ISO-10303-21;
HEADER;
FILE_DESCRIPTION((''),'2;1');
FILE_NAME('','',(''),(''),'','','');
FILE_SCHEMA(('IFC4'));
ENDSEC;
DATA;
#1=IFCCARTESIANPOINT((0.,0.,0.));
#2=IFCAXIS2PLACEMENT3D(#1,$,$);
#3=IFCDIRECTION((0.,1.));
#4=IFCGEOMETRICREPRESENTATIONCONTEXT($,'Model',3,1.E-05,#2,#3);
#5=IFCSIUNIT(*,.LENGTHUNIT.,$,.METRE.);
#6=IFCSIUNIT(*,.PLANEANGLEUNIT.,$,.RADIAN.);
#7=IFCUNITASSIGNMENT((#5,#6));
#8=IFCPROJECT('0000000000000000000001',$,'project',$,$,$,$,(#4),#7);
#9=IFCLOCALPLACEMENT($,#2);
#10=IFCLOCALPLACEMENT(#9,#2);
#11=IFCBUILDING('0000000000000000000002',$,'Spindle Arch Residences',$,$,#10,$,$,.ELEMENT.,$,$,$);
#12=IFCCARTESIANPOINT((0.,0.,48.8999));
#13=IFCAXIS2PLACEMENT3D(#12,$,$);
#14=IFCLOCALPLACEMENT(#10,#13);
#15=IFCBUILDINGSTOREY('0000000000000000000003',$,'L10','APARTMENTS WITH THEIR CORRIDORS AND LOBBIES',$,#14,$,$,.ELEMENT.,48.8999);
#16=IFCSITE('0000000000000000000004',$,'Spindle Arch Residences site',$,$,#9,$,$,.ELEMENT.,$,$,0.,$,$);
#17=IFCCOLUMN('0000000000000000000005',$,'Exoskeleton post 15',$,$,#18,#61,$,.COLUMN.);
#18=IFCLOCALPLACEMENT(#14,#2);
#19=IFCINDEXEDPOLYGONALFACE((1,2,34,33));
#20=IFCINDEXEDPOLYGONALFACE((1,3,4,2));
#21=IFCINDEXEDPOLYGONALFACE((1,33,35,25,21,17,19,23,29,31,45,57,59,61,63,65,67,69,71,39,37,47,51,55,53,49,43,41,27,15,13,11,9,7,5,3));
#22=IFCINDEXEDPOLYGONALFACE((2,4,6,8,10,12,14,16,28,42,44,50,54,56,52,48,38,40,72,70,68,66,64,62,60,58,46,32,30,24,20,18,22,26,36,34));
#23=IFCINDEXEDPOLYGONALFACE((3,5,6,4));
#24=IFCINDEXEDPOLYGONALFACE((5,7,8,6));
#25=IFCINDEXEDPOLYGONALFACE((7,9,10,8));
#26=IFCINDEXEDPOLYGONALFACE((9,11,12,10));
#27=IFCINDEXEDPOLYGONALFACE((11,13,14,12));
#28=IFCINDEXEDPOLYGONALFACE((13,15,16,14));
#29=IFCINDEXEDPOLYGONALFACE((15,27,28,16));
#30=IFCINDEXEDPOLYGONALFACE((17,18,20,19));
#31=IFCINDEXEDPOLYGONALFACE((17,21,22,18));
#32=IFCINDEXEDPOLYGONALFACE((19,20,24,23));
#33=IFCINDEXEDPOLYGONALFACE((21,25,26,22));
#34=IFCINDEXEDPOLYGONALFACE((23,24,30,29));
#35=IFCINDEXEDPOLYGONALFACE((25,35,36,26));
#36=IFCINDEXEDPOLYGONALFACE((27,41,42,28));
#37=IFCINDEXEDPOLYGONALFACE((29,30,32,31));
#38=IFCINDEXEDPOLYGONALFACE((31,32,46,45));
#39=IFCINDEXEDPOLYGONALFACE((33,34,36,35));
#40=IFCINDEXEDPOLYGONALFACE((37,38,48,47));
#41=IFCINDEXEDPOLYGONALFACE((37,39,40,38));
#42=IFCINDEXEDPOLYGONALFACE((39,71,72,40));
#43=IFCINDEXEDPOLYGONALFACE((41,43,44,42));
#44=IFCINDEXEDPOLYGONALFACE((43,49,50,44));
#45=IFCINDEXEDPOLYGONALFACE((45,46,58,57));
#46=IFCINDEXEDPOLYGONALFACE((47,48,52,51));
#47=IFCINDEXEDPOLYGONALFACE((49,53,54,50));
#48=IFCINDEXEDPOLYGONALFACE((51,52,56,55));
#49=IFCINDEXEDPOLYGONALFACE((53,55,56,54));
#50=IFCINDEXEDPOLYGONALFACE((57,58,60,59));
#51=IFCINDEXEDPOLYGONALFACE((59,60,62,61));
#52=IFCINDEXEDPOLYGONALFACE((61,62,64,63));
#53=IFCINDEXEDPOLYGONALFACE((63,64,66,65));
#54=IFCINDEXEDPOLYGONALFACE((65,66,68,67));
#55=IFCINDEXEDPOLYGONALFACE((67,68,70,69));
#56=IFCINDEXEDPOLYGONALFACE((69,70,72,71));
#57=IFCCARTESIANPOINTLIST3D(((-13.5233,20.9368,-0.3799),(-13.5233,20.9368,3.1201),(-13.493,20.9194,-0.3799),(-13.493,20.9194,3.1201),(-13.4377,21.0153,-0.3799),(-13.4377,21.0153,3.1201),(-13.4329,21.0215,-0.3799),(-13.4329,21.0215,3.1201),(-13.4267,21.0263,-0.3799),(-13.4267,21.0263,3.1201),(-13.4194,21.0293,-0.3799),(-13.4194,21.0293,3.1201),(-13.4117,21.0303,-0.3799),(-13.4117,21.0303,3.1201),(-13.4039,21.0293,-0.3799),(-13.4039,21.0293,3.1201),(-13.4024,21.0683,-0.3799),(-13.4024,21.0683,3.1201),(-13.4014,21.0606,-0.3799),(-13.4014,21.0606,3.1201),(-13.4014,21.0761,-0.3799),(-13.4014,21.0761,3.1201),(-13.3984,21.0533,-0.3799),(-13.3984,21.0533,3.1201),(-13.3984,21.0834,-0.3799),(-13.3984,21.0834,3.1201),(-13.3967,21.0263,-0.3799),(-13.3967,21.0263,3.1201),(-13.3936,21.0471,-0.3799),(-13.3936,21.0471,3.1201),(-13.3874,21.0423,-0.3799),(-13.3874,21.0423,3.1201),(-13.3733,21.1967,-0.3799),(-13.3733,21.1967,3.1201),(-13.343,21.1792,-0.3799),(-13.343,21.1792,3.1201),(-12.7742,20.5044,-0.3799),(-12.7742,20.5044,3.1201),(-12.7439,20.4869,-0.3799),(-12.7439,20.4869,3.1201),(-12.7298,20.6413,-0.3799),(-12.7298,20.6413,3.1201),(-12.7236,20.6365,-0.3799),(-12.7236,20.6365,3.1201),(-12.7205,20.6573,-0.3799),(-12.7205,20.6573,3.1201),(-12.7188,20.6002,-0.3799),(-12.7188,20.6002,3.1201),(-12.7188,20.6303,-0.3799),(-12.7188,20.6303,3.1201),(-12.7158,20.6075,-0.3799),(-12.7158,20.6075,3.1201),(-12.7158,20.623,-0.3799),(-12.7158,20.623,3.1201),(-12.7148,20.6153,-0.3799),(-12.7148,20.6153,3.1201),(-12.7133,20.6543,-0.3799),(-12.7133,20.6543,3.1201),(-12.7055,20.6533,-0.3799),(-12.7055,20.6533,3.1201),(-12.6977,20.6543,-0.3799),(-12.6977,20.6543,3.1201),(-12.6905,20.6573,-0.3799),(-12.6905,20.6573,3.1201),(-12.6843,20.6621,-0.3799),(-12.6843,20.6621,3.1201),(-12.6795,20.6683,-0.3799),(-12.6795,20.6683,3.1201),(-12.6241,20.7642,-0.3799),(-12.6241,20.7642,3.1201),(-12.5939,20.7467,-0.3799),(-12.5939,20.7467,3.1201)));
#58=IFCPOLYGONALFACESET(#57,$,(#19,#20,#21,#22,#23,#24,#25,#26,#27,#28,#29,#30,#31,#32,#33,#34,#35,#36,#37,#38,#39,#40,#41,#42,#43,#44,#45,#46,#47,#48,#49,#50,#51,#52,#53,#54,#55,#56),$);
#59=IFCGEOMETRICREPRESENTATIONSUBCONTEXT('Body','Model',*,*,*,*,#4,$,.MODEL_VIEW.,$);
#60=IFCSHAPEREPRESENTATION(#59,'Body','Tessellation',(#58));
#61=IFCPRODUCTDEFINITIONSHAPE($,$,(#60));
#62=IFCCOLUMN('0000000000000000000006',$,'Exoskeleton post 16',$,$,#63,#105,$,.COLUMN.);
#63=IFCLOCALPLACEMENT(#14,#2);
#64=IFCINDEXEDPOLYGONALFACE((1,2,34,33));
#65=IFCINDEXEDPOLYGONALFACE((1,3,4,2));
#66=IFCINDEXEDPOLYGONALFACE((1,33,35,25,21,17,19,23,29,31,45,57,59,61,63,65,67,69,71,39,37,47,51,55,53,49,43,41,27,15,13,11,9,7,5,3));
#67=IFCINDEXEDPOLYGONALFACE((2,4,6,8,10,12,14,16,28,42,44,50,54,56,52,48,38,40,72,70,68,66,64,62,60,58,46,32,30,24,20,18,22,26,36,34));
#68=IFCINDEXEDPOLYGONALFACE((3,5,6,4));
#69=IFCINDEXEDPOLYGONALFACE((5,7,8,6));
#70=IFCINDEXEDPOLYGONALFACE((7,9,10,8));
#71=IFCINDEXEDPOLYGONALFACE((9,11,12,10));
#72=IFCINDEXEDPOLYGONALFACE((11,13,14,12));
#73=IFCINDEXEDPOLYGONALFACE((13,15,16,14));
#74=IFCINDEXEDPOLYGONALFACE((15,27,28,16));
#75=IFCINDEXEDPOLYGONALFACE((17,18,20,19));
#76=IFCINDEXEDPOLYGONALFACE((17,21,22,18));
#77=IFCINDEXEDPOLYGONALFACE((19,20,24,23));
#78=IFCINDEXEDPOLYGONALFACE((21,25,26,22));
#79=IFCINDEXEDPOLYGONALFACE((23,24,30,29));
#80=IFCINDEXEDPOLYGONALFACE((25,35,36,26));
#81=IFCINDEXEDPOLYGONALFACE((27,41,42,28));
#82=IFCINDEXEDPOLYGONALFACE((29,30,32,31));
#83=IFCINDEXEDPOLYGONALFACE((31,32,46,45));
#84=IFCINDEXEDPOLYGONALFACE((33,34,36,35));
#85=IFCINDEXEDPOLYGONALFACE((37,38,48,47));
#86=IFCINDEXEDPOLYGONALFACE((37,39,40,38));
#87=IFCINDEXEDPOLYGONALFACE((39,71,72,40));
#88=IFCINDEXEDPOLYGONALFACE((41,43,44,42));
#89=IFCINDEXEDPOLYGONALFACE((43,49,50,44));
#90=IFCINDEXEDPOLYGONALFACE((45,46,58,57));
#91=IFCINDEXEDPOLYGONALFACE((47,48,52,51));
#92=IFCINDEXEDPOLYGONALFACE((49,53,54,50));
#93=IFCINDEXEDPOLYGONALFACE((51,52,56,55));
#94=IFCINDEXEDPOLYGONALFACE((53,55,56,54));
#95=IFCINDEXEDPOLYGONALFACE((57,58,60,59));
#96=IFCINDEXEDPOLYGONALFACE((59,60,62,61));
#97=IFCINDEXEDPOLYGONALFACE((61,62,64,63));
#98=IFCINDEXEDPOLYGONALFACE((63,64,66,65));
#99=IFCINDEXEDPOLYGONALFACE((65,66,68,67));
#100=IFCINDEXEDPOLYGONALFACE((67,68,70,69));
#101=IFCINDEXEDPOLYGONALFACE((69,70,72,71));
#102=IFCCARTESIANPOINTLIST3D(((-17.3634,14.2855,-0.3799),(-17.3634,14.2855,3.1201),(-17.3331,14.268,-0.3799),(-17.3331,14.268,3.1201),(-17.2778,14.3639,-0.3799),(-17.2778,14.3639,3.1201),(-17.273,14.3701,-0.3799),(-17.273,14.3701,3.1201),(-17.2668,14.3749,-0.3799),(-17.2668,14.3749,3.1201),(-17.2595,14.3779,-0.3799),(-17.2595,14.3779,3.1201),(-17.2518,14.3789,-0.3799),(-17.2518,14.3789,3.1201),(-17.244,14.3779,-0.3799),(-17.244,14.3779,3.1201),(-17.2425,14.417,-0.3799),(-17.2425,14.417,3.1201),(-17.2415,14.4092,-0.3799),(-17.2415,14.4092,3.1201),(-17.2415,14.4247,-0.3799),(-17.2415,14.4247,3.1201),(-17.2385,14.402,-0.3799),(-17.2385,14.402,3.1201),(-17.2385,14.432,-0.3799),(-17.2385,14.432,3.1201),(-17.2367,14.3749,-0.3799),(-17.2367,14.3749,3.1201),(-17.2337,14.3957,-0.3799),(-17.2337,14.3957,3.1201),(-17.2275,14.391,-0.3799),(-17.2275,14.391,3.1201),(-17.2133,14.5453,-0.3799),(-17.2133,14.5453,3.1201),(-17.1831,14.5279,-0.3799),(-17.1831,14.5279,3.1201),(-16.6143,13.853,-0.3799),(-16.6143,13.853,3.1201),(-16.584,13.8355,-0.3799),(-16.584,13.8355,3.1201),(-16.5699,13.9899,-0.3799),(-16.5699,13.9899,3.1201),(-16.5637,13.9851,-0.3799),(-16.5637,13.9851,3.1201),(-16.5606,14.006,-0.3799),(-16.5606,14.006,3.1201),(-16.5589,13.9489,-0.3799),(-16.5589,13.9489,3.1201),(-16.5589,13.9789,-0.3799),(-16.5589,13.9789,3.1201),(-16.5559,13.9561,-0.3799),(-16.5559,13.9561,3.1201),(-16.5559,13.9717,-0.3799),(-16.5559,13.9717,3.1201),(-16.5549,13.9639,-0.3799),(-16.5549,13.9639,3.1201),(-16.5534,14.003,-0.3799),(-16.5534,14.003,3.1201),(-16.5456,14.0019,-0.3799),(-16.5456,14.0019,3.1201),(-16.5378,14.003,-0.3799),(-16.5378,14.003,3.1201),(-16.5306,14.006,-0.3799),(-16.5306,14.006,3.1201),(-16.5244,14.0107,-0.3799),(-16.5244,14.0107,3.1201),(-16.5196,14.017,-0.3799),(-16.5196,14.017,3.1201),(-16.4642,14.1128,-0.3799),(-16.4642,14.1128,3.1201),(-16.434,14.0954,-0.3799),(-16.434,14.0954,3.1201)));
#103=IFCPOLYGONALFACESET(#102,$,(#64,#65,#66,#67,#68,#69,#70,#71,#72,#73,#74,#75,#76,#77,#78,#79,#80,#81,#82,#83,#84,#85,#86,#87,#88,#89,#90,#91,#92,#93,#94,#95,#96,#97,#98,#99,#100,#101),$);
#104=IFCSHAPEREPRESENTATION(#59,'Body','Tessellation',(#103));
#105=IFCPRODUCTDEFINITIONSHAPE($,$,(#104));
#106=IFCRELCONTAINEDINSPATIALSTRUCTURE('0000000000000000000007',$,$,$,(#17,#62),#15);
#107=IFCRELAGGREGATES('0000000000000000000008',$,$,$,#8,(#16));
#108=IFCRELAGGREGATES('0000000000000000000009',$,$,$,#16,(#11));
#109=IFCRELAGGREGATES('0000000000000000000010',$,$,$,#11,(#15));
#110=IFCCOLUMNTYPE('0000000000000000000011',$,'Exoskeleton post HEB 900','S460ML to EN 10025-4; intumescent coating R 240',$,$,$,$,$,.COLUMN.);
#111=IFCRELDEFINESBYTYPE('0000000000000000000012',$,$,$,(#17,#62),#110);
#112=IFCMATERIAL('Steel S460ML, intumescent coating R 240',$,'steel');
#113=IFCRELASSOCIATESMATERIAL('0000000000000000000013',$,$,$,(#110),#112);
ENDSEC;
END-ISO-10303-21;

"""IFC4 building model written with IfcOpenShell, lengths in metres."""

from ifc_helpers import new_model, si_unit, direction, frame, origin, origin_2d, place, context, subcontext, project, spatial, i_section, extrude, material, material_profile, profile_set, type_object, element, save


model = new_model("IFC4")

# Units and contexts
model_context = context("Model", 3, precision=1e-05, world=origin(), true_north=direction((0.0, 1.0)))
body_context = subcontext(model_context, "Body", "Model", "MODEL_VIEW")
ifc_project = project(units=[si_unit("LENGTHUNIT", "METRE"), si_unit("PLANEANGLEUNIT", "RADIAN")], contexts=[model_context])

# Site, building, storey
site_placement = place(None, origin())
site = spatial("IfcSite", under=ifc_project, at=site_placement, Name="Spindle Arch Residences site", CompositionType="ELEMENT", RefElevation=0.0)
building_placement = place(site_placement, origin())
building = spatial("IfcBuilding", under=site, at=building_placement, Name="Spindle Arch Residences", CompositionType="ELEMENT")
storey_placement = place(building_placement, frame((0.0, 0.0, 48.8999)))
storey = spatial("IfcBuildingStorey", under=building, at=storey_placement, Name="L10", Description="APARTMENTS WITH THEIR CORRIDORS AND LOBBIES", CompositionType="ELEMENT", Elevation=48.8999)

# Columns
ifc_material_1 = material(Name="Steel S460ML, intumescent coating R 240", Category="steel")
ifc_material_profile_1 = material_profile(ifc_material_1, i_section(OverallWidth=0.3, OverallDepth=0.8999, WebThickness=0.0186, FlangeThickness=0.0349, FilletRadius=0.03, at=origin_2d()), Name="HEB 900")
ifc_profile_set_1 = profile_set([ifc_material_profile_1], Name="Steel S460ML, intumescent coating R 240")
column_type_1 = type_object("IfcColumnType", Name="Exoskeleton post HEB 900", Description="S460ML to EN 10025-4; intumescent coating R 240", PredefinedType="COLUMN", material=ifc_profile_set_1)
for number, where, z_axis, x_axis, name in (
    (1, (-13.0586, 20.8418, -0.3799), (0.0, 0.0, 1.0), (0.5, 0.866025, 0.0), "Exoskeleton post 15"),
    (2, (-16.8987, 14.1904, -0.3799), (0.0, 0.0, 1.0), (0.5, 0.866025, 0.0), "Exoskeleton post 16"),
):
    element("IfcColumn", number, at=place(storey_placement, frame(where, z_axis=z_axis, x_axis=x_axis)), inside=storey, type_object=column_type_1, Name=name, PredefinedType="COLUMN", context=body_context, shape_type="SweptSolid", body=[
        extrude(i_section(OverallWidth=0.3, OverallDepth=0.8999, WebThickness=0.0186, FlangeThickness=0.0349, FilletRadius=0.03, at=origin_2d()), origin(), (0.0, 0.0, 1.0), 3.5),
    ])

save(model, "model.ifc")
